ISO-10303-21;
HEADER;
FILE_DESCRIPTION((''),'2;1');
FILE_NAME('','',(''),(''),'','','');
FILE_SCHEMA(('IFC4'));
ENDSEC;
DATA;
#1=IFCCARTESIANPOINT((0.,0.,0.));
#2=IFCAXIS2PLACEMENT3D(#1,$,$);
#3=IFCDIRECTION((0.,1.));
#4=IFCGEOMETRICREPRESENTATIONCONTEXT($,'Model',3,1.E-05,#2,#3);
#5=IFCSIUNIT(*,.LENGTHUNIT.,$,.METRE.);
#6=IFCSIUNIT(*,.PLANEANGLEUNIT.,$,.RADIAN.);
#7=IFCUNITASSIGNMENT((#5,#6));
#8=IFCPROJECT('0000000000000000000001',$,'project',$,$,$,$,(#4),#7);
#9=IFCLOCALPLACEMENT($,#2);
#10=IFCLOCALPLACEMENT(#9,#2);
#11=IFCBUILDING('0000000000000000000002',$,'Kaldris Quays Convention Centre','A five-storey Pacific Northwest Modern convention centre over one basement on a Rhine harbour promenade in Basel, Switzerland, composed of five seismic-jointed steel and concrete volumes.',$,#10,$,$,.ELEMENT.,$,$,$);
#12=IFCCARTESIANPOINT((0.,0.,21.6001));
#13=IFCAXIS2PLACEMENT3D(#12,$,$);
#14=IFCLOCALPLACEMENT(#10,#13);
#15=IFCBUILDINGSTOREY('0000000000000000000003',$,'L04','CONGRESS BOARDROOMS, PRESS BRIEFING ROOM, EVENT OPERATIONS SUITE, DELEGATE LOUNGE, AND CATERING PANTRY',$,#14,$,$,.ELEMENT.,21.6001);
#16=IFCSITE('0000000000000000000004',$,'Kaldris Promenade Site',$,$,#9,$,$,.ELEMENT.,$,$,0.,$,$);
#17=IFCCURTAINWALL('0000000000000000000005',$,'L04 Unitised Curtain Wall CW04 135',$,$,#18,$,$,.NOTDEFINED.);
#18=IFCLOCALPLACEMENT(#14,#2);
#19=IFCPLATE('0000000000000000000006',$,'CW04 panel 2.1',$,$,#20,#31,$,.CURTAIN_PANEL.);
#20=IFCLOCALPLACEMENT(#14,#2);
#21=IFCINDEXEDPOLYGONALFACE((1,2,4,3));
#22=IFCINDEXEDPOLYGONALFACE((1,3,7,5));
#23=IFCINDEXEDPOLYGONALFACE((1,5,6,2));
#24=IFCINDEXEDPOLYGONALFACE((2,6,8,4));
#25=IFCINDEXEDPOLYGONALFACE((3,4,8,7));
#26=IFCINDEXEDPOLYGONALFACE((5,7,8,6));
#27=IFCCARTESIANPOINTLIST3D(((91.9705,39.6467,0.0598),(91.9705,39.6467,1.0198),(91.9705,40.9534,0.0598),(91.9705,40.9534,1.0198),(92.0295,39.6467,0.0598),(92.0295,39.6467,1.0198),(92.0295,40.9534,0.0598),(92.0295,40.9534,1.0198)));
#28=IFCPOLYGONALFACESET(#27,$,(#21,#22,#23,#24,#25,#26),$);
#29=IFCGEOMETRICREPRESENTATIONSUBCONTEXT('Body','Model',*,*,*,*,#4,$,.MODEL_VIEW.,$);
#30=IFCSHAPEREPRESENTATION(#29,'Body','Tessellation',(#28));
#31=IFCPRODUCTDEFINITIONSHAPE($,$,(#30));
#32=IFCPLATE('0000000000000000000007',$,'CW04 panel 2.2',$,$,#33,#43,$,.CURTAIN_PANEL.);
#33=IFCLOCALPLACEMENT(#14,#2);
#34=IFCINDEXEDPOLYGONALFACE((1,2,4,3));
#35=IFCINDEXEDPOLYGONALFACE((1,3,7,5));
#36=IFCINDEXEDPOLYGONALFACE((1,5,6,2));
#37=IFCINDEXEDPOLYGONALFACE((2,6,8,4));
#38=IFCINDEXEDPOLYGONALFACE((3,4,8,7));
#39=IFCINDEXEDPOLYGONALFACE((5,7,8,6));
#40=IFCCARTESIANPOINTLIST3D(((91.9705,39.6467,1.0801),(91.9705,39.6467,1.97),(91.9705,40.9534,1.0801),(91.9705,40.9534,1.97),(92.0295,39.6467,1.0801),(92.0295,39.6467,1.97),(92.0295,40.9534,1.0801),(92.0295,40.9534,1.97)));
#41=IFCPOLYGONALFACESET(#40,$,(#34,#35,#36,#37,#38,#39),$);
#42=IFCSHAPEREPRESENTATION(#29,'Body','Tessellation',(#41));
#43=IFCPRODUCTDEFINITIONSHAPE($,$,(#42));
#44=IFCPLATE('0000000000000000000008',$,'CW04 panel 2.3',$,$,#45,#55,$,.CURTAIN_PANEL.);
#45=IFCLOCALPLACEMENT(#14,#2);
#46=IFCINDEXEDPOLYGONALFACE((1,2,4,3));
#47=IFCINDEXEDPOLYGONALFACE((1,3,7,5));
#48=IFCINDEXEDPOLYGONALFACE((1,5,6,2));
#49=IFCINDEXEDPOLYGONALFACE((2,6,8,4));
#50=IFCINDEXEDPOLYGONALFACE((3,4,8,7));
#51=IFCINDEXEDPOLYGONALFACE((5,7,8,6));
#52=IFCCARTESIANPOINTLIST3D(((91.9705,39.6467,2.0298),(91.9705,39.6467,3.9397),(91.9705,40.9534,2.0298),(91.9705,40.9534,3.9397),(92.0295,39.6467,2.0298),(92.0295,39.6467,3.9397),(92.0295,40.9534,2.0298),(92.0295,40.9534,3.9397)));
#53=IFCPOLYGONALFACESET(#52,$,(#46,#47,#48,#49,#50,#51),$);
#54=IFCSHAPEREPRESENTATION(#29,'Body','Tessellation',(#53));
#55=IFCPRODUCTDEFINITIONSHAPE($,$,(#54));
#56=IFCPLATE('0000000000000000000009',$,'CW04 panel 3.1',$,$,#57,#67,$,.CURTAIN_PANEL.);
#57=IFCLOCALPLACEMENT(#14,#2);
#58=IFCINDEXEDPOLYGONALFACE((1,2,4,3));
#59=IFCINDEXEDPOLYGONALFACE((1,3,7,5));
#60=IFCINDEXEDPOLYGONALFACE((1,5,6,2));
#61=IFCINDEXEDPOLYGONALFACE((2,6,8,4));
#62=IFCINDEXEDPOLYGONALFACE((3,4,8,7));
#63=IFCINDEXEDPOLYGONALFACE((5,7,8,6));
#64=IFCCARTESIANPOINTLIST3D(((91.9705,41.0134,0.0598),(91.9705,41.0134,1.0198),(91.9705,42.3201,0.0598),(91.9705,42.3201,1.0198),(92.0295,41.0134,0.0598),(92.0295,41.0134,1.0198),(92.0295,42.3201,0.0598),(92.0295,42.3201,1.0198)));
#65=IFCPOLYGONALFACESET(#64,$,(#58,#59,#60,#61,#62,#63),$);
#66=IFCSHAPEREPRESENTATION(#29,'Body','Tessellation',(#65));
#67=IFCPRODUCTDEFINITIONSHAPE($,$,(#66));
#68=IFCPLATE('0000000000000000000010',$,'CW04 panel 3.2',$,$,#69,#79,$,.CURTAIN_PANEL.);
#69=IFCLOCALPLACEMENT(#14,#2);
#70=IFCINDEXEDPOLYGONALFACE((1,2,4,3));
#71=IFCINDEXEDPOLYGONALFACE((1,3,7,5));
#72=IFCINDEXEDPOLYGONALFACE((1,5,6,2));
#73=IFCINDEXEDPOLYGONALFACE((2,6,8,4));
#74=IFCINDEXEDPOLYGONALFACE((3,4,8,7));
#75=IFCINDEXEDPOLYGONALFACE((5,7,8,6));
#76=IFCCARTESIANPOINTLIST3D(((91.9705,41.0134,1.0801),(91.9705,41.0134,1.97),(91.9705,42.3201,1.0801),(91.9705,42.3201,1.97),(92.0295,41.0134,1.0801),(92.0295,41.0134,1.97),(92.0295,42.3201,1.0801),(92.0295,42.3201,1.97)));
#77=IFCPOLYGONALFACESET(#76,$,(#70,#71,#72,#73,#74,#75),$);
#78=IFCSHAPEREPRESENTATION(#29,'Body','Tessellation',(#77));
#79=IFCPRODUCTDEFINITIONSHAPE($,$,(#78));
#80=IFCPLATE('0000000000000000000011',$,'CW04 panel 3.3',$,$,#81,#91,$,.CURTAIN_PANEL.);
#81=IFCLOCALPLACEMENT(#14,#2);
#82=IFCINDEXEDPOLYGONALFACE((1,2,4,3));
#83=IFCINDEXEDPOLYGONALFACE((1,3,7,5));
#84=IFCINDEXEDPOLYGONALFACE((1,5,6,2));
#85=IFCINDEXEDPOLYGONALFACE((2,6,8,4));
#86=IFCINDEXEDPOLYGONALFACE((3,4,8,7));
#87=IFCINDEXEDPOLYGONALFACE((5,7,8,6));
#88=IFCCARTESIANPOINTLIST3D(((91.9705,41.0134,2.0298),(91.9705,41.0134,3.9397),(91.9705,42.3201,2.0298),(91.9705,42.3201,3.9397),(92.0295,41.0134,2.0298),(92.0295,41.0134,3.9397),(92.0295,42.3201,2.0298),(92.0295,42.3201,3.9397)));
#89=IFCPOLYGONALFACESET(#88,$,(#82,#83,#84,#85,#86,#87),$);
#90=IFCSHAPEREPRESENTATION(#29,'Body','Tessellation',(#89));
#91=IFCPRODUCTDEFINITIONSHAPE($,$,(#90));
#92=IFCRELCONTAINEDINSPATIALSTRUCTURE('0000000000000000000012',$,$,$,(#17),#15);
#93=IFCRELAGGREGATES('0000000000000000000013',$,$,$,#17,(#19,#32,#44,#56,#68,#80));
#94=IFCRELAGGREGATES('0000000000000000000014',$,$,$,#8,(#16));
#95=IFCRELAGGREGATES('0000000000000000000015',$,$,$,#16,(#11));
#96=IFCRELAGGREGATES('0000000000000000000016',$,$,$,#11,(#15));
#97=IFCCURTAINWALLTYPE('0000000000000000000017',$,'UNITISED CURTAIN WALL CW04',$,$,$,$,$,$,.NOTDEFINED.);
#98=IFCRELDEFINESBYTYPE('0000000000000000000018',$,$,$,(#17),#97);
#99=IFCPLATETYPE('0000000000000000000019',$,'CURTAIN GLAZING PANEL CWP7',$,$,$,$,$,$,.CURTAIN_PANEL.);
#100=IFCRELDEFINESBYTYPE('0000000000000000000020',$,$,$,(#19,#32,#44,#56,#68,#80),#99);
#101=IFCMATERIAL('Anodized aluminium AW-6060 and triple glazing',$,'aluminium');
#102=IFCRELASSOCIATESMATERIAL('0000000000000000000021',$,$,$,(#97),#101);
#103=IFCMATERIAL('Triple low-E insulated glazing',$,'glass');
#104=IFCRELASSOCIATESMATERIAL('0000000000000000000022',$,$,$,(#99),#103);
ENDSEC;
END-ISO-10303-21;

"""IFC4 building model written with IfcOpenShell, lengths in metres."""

from ifc_helpers import new_model, si_unit, direction, frame, origin, origin_2d, place, context, subcontext, project, spatial, rectangle, extrude, material, type_object, element, aggregate, save


model = new_model("IFC4")

# Units and contexts
model_context = context("Model", 3, precision=1e-05, world=origin(), true_north=direction((0.0, 1.0)))
body_context = subcontext(model_context, "Body", "Model", "MODEL_VIEW")
ifc_project = project(units=[si_unit("LENGTHUNIT", "METRE"), si_unit("PLANEANGLEUNIT", "RADIAN")], contexts=[model_context])

# Site, building, storey
site_placement = place(None, origin())
site = spatial("IfcSite", under=ifc_project, at=site_placement, Name="Kaldris Promenade Site", CompositionType="ELEMENT", RefElevation=0.0)
building_placement = place(site_placement, origin())
building = spatial("IfcBuilding", under=site, at=building_placement, Name="Kaldris Quays Convention Centre", Description="A five-storey Pacific Northwest Modern convention centre over one basement on a Rhine harbour promenade in Basel, Switzerland, composed of five seismic-jointed steel and concrete volumes.", CompositionType="ELEMENT")
storey_placement = place(building_placement, frame((0.0, 0.0, 21.6001)))
storey = spatial("IfcBuildingStorey", under=building, at=storey_placement, Name="L04", Description="CONGRESS BOARDROOMS, PRESS BRIEFING ROOM, EVENT OPERATIONS SUITE, DELEGATE LOUNGE, AND CATERING PANTRY", CompositionType="ELEMENT", Elevation=21.6001)

# Curtain wall, plates
ifc_material_1 = material(Name="Anodized aluminium AW-6060 and triple glazing", Category="aluminium")
curtain_wall_type = type_object("IfcCurtainWallType", Name="UNITISED CURTAIN WALL CW04", PredefinedType="NOTDEFINED", material=ifc_material_1)
curtain_wall_placement = place(storey_placement, origin())
curtain_wall = element("IfcCurtainWall", 1, at=curtain_wall_placement, inside=storey, type_object=curtain_wall_type, Name="L04 Unitised Curtain Wall CW04 135", PredefinedType="NOTDEFINED")
ifc_material_2 = material(Name="Triple low-E insulated glazing", Category="glass")
plate_type = type_object("IfcPlateType", Name="CURTAIN GLAZING PANEL CWP7", PredefinedType="CURTAIN_PANEL", material=ifc_material_2)
plate_1_placement = place(storey_placement, frame((92.0, 40.3, 0.0598), z_axis=(0.0, 0.0, 1.0), x_axis=(0.0, 1.0, 0.0)))
plate_1 = element("IfcPlate", 2, at=plate_1_placement, type_object=plate_type, Name="CW04 panel 2.1", PredefinedType="CURTAIN_PANEL", context=body_context, shape_type="SweptSolid", body=[
    extrude(rectangle(XDim=1.3066, YDim=0.0591, at=origin_2d()), origin(), (0.0, 0.0, 1.0), 0.96),
])
plate_2_placement = place(storey_placement, frame((92.0, 40.3, 1.0801), z_axis=(0.0, 0.0, 1.0), x_axis=(0.0, 1.0, 0.0)))
plate_2 = element("IfcPlate", 3, at=plate_2_placement, type_object=plate_type, Name="CW04 panel 2.2", PredefinedType="CURTAIN_PANEL", context=body_context, shape_type="SweptSolid", body=[
    extrude(rectangle(XDim=1.3066, YDim=0.0591, at=origin_2d()), origin(), (0.0, 0.0, 1.0), 0.8899),
])
plate_3_placement = place(storey_placement, frame((92.0, 40.3, 2.0298), z_axis=(0.0, 0.0, 1.0), x_axis=(0.0, 1.0, 0.0)))
plate_3 = element("IfcPlate", 4, at=plate_3_placement, type_object=plate_type, Name="CW04 panel 2.3", PredefinedType="CURTAIN_PANEL", context=body_context, shape_type="SweptSolid", body=[
    extrude(rectangle(XDim=1.3066, YDim=0.0591, at=origin_2d()), origin(), (0.0, 0.0, 1.0), 1.9099),
])
plate_4_placement = place(storey_placement, frame((92.0, 41.6667, 0.0598), z_axis=(0.0, 0.0, 1.0), x_axis=(0.0, 1.0, 0.0)))
plate_4 = element("IfcPlate", 5, at=plate_4_placement, type_object=plate_type, Name="CW04 panel 3.1", PredefinedType="CURTAIN_PANEL", context=body_context, shape_type="SweptSolid", body=[
    extrude(rectangle(XDim=1.3066, YDim=0.0591, at=origin_2d()), origin(), (0.0, 0.0, 1.0), 0.96),
])
plate_5_placement = place(storey_placement, frame((92.0, 41.6667, 1.0801), z_axis=(0.0, 0.0, 1.0), x_axis=(0.0, 1.0, 0.0)))
plate_5 = element("IfcPlate", 6, at=plate_5_placement, type_object=plate_type, Name="CW04 panel 3.2", PredefinedType="CURTAIN_PANEL", context=body_context, shape_type="SweptSolid", body=[
    extrude(rectangle(XDim=1.3066, YDim=0.0591, at=origin_2d()), origin(), (0.0, 0.0, 1.0), 0.8899),
])
plate_6_placement = place(storey_placement, frame((92.0, 41.6667, 2.0298), z_axis=(0.0, 0.0, 1.0), x_axis=(0.0, 1.0, 0.0)))
plate_6 = element("IfcPlate", 7, at=plate_6_placement, type_object=plate_type, Name="CW04 panel 3.3", PredefinedType="CURTAIN_PANEL", context=body_context, shape_type="SweptSolid", body=[
    extrude(rectangle(XDim=1.3066, YDim=0.0591, at=origin_2d()), origin(), (0.0, 0.0, 1.0), 1.9099),
])
aggregate(curtain_wall, [plate_1, plate_2, plate_3, plate_4, plate_5, plate_6])

save(model, "model.ifc")
